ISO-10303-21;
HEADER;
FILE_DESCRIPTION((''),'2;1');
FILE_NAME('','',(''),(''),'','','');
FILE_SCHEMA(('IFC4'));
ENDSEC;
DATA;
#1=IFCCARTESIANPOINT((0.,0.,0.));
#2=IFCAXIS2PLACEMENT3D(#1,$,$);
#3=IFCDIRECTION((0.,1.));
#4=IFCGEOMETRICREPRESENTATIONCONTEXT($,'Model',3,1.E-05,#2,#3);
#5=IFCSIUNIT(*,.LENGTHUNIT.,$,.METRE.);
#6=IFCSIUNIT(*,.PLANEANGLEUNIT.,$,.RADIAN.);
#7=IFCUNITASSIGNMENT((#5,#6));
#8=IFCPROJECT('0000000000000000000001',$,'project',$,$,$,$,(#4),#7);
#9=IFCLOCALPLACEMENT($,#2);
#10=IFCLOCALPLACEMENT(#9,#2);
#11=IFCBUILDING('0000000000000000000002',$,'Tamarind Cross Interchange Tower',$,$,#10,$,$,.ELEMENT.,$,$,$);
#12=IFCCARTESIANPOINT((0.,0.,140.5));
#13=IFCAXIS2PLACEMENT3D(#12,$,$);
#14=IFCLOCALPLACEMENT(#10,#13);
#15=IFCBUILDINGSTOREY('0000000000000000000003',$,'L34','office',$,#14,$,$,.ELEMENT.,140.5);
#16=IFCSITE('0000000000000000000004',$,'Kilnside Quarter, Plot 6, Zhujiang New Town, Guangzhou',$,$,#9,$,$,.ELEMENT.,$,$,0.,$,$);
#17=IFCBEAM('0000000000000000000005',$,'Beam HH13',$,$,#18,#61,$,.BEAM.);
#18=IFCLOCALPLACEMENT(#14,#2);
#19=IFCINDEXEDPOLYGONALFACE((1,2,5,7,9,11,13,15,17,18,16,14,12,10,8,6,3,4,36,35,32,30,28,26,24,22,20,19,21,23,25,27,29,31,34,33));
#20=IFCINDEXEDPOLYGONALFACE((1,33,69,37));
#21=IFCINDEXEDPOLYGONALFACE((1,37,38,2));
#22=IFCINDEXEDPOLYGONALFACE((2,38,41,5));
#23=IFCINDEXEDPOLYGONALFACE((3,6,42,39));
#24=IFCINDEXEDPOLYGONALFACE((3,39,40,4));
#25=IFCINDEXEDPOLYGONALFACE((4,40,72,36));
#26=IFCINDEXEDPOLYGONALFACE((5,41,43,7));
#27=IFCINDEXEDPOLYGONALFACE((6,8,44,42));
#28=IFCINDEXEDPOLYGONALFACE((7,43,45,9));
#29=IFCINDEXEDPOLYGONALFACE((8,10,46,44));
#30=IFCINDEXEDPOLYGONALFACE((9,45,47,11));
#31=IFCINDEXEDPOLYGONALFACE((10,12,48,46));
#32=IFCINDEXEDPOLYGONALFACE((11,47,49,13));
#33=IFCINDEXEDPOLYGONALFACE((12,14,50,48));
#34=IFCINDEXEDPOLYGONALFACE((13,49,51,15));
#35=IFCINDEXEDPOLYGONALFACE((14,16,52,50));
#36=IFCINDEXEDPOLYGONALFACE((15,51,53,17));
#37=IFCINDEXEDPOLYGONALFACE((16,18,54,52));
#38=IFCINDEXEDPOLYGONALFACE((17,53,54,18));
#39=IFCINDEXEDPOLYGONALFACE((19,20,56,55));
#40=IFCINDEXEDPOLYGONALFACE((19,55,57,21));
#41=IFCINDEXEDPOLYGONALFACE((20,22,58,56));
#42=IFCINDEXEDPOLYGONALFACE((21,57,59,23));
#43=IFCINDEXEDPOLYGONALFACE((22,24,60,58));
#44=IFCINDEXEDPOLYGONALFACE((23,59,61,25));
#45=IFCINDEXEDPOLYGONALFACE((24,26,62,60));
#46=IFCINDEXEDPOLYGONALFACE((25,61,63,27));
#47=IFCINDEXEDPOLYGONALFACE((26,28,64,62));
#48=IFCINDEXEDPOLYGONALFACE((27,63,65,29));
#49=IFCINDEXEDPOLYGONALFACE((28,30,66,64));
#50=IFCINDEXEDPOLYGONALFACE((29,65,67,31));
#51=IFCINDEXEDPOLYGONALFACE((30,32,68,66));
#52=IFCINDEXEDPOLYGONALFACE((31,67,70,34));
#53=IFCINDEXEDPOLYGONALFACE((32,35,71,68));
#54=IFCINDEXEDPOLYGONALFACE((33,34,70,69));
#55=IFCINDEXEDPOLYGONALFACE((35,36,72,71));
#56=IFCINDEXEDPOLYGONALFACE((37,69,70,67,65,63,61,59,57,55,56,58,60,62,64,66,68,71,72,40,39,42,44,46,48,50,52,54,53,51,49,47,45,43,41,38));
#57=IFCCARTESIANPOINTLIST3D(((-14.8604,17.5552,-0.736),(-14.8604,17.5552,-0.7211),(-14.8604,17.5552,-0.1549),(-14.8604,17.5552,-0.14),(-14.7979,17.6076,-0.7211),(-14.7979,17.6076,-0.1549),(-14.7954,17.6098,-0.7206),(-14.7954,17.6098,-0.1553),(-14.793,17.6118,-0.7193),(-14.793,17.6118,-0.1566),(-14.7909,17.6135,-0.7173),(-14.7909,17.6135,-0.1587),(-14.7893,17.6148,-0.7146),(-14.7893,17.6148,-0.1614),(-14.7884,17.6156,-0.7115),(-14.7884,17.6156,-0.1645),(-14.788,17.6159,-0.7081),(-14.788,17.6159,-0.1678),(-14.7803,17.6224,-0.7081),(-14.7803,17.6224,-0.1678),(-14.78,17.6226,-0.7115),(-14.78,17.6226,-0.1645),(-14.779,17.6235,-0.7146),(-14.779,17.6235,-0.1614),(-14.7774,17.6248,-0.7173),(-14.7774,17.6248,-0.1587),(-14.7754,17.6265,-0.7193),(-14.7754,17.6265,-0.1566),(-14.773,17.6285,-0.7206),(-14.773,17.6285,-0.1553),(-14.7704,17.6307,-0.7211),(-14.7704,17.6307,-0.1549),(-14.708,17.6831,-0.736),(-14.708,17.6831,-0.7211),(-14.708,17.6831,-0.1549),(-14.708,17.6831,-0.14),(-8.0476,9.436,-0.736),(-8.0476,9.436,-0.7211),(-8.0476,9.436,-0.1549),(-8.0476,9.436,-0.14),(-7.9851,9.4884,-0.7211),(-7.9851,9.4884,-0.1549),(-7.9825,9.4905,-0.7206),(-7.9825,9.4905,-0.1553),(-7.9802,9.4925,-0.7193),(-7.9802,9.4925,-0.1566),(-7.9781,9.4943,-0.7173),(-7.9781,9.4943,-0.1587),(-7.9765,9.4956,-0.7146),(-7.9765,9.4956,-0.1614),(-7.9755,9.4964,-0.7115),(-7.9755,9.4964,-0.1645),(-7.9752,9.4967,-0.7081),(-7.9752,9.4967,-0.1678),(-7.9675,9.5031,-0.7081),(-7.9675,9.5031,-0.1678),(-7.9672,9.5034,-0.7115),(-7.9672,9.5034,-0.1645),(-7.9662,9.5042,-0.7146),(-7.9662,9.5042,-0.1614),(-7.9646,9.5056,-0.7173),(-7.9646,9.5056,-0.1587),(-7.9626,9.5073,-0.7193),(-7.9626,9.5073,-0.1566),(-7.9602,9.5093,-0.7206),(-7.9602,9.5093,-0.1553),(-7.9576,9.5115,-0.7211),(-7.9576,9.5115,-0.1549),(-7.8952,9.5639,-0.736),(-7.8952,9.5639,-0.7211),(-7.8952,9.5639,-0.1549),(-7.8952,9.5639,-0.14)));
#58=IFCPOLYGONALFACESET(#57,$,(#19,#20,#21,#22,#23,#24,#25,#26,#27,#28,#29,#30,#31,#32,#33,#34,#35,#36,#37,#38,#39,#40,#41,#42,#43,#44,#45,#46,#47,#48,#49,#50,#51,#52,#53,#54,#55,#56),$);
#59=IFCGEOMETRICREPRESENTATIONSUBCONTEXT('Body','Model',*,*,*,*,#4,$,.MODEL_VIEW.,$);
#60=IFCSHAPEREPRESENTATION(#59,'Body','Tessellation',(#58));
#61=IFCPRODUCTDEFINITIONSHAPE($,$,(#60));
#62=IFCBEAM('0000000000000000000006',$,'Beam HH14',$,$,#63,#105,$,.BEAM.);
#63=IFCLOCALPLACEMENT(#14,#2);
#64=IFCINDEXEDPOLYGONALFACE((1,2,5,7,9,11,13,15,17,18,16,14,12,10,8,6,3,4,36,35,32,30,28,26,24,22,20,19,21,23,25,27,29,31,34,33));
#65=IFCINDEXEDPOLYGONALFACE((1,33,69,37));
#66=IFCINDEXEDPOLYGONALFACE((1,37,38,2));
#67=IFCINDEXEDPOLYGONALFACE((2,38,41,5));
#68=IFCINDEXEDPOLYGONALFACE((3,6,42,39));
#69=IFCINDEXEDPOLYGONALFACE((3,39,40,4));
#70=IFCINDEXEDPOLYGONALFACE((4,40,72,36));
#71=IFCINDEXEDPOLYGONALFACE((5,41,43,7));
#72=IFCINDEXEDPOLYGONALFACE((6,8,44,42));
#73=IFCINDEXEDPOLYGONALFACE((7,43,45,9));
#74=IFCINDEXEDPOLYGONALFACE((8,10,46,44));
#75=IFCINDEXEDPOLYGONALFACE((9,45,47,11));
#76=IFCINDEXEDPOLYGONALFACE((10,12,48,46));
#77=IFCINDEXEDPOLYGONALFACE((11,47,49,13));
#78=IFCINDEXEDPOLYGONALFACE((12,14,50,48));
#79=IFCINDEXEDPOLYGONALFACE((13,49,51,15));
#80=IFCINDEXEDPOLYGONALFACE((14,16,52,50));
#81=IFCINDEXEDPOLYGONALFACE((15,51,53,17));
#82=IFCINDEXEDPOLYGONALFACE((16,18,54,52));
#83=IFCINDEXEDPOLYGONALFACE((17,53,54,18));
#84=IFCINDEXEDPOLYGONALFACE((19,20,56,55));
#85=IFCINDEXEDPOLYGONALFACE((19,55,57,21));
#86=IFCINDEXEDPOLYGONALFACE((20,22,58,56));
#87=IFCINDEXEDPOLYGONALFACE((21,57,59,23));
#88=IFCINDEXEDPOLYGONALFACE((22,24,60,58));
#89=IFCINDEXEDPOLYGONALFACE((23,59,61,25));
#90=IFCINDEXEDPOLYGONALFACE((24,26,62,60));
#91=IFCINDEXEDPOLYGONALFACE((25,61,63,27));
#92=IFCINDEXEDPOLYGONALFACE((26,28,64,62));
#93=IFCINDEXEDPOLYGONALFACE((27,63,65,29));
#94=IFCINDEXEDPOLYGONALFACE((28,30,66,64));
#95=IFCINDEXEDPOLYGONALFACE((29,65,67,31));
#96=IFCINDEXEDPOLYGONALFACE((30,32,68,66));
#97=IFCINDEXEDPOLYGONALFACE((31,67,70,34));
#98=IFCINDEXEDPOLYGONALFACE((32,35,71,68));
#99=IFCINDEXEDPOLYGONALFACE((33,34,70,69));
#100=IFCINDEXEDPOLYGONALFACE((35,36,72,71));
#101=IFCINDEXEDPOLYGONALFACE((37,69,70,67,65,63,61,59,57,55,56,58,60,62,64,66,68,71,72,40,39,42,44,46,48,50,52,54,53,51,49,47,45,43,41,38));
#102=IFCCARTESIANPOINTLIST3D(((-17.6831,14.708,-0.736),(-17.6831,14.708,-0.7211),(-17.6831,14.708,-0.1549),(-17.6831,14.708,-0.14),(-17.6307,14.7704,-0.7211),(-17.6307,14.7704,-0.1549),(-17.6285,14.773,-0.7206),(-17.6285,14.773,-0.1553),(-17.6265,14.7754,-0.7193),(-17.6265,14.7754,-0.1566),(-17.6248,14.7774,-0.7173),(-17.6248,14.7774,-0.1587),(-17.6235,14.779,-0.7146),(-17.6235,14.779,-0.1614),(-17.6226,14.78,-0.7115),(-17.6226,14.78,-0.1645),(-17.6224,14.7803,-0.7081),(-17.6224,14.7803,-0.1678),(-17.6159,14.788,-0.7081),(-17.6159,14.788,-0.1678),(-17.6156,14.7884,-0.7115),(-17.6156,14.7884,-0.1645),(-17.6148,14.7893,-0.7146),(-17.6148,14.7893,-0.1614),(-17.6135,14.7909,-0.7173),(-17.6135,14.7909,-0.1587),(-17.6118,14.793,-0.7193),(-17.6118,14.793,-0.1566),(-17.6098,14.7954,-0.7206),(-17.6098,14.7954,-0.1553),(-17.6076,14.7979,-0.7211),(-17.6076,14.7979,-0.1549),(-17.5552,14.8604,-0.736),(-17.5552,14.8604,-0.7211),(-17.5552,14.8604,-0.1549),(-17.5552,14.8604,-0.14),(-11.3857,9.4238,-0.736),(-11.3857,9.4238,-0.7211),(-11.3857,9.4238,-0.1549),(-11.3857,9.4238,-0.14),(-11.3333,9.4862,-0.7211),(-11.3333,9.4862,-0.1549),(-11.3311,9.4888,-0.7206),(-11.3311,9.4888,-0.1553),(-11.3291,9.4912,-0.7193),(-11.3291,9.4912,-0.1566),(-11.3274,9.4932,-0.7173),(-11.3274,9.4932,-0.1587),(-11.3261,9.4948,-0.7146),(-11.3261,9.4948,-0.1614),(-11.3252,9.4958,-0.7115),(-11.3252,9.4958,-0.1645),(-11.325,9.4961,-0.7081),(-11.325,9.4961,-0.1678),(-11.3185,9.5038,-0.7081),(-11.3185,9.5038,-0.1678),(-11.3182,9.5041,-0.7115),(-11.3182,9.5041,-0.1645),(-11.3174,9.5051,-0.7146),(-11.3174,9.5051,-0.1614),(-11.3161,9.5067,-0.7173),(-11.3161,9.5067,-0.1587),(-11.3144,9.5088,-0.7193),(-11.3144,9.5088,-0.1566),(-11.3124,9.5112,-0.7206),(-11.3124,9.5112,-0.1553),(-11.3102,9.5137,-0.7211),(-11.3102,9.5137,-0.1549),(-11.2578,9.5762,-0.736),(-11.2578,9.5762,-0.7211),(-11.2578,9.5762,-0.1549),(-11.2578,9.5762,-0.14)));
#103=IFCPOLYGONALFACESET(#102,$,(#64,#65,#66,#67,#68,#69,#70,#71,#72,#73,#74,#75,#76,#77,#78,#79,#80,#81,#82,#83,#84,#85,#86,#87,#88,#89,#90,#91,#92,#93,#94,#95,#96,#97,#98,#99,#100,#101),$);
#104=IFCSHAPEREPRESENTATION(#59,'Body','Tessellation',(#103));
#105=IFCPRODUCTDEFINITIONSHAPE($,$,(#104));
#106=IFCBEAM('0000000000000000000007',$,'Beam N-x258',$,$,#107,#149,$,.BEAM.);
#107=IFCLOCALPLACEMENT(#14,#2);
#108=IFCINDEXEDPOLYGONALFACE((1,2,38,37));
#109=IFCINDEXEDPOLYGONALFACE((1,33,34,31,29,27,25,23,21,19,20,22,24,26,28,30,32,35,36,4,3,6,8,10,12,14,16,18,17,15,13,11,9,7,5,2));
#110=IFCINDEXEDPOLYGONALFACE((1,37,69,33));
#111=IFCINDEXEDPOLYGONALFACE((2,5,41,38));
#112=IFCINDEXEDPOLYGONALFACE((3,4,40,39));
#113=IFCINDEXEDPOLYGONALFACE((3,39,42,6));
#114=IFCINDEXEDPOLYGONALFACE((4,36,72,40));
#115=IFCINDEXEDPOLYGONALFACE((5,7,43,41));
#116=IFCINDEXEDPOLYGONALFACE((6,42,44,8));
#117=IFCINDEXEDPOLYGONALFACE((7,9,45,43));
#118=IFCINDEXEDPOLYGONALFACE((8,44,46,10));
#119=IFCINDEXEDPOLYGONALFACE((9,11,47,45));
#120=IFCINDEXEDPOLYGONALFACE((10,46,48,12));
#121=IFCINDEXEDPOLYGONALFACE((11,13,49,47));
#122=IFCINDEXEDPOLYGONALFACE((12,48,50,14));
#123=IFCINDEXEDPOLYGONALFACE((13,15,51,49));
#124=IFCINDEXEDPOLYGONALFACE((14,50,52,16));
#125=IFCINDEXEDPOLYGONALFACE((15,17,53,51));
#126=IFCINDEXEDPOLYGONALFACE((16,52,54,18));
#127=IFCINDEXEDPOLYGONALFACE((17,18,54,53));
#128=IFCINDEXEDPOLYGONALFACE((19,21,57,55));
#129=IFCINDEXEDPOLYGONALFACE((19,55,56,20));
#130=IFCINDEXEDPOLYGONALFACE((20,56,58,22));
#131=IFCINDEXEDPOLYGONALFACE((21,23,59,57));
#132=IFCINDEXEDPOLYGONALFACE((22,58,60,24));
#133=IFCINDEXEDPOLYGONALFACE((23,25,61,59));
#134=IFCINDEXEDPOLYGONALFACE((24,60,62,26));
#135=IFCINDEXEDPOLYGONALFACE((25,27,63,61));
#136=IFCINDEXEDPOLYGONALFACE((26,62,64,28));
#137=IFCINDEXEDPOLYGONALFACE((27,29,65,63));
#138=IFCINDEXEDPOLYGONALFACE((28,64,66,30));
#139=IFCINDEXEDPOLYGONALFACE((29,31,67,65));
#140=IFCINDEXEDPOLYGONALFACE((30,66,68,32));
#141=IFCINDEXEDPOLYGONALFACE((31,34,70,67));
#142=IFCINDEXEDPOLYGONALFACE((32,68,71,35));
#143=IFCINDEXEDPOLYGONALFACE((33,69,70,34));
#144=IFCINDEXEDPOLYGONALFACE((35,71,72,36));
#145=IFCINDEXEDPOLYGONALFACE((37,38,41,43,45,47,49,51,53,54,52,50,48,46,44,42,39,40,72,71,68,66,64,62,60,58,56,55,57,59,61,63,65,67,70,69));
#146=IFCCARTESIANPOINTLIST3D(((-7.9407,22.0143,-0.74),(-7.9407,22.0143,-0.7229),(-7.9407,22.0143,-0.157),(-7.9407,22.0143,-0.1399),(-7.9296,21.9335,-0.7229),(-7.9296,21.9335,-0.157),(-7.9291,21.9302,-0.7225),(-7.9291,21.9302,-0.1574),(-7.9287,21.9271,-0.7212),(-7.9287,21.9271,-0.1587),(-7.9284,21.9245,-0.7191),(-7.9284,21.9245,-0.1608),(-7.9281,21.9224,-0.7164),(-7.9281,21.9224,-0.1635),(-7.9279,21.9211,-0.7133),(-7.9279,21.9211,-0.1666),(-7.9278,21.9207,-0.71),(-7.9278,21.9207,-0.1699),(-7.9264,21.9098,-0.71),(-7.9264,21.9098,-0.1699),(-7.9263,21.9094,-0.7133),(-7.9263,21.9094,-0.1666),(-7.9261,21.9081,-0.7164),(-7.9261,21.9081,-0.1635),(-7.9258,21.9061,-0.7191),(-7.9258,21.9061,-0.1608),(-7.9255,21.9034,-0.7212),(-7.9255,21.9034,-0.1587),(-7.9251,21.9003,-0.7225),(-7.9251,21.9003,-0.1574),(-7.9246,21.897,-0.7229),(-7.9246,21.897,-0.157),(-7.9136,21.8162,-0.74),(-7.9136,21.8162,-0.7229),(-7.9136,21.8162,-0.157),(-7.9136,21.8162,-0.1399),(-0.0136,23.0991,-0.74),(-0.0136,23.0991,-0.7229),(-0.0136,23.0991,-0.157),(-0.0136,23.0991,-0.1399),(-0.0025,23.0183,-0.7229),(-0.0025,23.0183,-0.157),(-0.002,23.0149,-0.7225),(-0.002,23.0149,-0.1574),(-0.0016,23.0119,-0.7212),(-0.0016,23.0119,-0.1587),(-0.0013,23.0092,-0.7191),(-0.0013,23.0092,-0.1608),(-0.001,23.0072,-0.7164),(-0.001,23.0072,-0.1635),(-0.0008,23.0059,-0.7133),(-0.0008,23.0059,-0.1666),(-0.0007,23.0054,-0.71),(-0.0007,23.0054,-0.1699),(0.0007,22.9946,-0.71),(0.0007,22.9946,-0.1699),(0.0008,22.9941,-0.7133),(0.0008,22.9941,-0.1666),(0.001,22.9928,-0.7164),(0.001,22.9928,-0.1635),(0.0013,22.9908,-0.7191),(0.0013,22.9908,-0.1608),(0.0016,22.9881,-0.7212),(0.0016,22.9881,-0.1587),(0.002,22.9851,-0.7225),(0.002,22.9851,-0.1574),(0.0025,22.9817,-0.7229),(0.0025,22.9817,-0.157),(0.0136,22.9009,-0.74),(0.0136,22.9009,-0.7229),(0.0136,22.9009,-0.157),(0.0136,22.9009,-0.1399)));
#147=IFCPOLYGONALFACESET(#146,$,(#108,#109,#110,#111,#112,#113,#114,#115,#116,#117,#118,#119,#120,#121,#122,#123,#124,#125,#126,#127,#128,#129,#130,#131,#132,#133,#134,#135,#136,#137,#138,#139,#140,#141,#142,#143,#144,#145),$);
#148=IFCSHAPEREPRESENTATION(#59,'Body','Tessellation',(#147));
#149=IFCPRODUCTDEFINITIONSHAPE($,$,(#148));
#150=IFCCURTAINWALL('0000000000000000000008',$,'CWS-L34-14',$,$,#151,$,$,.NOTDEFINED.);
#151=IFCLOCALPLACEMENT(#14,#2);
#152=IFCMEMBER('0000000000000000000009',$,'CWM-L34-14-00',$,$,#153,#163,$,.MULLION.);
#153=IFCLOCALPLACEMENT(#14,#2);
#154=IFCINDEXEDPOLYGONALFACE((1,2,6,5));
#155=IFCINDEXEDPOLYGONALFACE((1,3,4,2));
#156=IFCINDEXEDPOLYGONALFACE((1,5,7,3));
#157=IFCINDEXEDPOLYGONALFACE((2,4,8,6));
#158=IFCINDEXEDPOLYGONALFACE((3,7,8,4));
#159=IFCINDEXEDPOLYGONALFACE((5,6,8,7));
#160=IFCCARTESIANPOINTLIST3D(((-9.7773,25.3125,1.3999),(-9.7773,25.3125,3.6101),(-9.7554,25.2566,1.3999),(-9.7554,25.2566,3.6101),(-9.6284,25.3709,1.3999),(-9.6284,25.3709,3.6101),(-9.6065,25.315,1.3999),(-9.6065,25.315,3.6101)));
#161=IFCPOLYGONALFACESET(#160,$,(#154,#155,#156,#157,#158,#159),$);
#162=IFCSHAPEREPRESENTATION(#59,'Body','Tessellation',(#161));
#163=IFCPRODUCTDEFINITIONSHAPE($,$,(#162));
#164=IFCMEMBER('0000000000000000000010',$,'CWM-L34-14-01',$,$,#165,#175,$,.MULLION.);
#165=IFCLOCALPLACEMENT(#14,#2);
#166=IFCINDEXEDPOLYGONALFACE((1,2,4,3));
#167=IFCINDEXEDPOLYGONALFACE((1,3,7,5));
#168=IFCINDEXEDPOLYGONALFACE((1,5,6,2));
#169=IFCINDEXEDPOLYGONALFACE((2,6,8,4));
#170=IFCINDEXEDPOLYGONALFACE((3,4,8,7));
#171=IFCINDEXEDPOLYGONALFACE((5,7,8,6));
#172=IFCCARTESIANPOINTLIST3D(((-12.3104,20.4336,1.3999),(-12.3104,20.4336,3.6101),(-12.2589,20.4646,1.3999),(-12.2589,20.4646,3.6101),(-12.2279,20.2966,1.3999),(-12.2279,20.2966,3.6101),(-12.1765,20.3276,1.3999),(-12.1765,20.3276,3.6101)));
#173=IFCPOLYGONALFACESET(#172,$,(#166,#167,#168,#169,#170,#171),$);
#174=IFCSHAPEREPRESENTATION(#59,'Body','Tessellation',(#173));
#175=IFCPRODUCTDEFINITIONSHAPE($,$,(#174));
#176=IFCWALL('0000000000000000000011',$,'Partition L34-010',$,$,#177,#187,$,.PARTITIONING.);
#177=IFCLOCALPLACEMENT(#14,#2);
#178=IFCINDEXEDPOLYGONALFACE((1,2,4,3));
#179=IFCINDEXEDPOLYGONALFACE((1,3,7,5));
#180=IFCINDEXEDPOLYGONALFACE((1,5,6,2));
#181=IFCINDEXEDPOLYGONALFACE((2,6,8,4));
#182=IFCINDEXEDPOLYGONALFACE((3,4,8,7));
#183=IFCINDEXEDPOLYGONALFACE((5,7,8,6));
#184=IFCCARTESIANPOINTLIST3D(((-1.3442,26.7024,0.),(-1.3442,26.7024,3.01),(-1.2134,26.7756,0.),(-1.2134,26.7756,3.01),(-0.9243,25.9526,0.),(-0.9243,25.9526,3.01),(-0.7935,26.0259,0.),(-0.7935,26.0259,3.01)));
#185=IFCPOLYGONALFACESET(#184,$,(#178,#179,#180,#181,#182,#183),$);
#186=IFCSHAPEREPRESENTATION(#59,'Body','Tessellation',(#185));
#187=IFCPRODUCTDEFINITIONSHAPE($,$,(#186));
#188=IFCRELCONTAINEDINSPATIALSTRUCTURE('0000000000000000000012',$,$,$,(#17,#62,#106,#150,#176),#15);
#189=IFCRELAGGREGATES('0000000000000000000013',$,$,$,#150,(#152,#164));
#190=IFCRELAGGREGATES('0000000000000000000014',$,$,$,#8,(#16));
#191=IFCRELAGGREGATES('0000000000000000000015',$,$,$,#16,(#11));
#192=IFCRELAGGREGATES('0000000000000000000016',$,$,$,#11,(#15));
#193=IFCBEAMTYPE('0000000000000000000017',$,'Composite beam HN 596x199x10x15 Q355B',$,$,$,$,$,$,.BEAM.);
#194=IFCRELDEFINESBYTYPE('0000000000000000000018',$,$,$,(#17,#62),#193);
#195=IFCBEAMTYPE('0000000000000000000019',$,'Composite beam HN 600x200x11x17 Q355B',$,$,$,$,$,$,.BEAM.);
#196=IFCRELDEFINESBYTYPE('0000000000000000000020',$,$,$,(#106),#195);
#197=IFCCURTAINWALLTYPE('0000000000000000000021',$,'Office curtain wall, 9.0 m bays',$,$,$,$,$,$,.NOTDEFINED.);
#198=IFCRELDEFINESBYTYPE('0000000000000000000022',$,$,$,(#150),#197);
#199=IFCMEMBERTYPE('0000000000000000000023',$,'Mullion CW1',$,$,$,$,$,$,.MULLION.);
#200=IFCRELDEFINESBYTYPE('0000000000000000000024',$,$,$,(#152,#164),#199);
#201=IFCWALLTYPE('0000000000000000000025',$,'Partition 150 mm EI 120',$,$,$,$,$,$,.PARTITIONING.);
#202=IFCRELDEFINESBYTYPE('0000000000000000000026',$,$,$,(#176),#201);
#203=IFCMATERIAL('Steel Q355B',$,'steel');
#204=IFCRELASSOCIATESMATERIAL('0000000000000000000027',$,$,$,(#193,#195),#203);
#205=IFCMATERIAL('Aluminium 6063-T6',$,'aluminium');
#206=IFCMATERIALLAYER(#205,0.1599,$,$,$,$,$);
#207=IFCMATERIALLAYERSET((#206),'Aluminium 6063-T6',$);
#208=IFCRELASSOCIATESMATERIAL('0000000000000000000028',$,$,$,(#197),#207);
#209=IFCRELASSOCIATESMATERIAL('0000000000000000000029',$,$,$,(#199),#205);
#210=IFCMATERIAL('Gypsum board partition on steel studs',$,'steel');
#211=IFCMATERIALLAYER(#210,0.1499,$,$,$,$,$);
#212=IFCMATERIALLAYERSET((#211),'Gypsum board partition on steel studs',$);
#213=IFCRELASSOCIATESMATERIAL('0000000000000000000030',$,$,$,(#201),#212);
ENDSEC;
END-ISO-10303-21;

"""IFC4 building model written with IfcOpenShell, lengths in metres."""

from ifc_helpers import new_model, si_unit, direction, frame, frame_2d, origin, origin_2d, place, context, subcontext, project, spatial, rectangle, i_section, extrude, material, layer, layer_set, material_profile, profile_set, type_object, element, aggregate, save


model = new_model("IFC4")

# Units and contexts
model_context = context("Model", 3, precision=1e-05, world=origin(), true_north=direction((0.0, 1.0)))
body_context = subcontext(model_context, "Body", "Model", "MODEL_VIEW")
ifc_project = project(units=[si_unit("LENGTHUNIT", "METRE"), si_unit("PLANEANGLEUNIT", "RADIAN")], contexts=[model_context])

# Site, building, storey
site_placement = place(None, origin())
site = spatial("IfcSite", under=ifc_project, at=site_placement, Name="Kilnside Quarter, Plot 6, Zhujiang New Town, Guangzhou", CompositionType="ELEMENT", RefElevation=0.0)
building_placement = place(site_placement, origin())
building = spatial("IfcBuilding", under=site, at=building_placement, Name="Tamarind Cross Interchange Tower", CompositionType="ELEMENT")
storey_placement = place(building_placement, frame((0.0, 0.0, 140.5)))
storey = spatial("IfcBuildingStorey", under=building, at=storey_placement, Name="L34", Description="office", CompositionType="ELEMENT", Elevation=140.5)

# Beams
ifc_material_1 = material(Name="Steel Q355B", Category="steel")
ifc_material_profile_1 = material_profile(ifc_material_1, i_section(OverallWidth=0.199, OverallDepth=0.5959, WebThickness=0.01, FlangeThickness=0.0149, FilletRadius=0.0129, at=origin_2d()), Name="HN 596x199x10x15")
ifc_profile_set_1 = profile_set([ifc_material_profile_1], Name="Steel Q355B")
beam_type_1 = type_object("IfcBeamType", Name="Composite beam HN 596x199x10x15 Q355B", PredefinedType="BEAM", material=ifc_profile_set_1)
beam_1_placement = place(storey_placement, frame((-14.7842, 17.6191, -0.438), z_axis=(0.642786, -0.766046, 0.0), x_axis=(0.766046, 0.642786, 0.0)))
element("IfcBeam", 1, at=beam_1_placement, inside=storey, type_object=beam_type_1, Name="Beam HH13", PredefinedType="BEAM", context=body_context, shape_type="SweptSolid", body=[
    extrude(i_section(OverallWidth=0.199, OverallDepth=0.5959, WebThickness=0.01, FlangeThickness=0.0149, FilletRadius=0.0129, at=origin_2d()), origin(), (0.0, 0.0, 1.0), 10.5989),
])
beam_2_placement = place(storey_placement, frame((-17.6191, 14.7842, -0.438), z_axis=(0.766041, -0.642792, 0.0), x_axis=(0.642792, 0.766041, 0.0)))
element("IfcBeam", 2, at=beam_2_placement, inside=storey, type_object=beam_type_1, Name="Beam HH14", PredefinedType="BEAM", context=body_context, shape_type="SweptSolid", body=[
    extrude(i_section(OverallWidth=0.199, OverallDepth=0.5959, WebThickness=0.01, FlangeThickness=0.0149, FilletRadius=0.0129, at=origin_2d()), origin(), (0.0, 0.0, 1.0), 8.2207),
])
ifc_material_profile_2 = material_profile(ifc_material_1, i_section(OverallWidth=0.2, OverallDepth=0.6001, WebThickness=0.011, FlangeThickness=0.0171, FilletRadius=0.0129, at=origin_2d()), Name="HN 600x200x11x17")
ifc_profile_set_2 = profile_set([ifc_material_profile_2], Name="Steel Q355B")
beam_type_2 = type_object("IfcBeamType", Name="Composite beam HN 600x200x11x17 Q355B", PredefinedType="BEAM", material=ifc_profile_set_2)
beam_3_placement = place(storey_placement, frame((0.0, 23.0, -0.4399), z_axis=(-0.990767, -0.135575, 0.0), x_axis=(0.135575, -0.990767, 0.0)))
element("IfcBeam", 3, at=beam_3_placement, inside=storey, type_object=beam_type_2, Name="Beam N-x258", PredefinedType="BEAM", context=body_context, shape_type="SweptSolid", body=[
    extrude(i_section(OverallWidth=0.2, OverallDepth=0.6001, WebThickness=0.011, FlangeThickness=0.0171, FilletRadius=0.0129, at=origin_2d()), origin(), (0.0, 0.0, 1.0), 8.001),
])

# Curtain wall, members
ifc_material_2 = material(Name="Aluminium 6063-T6", Category="aluminium")
ifc_layer_1 = layer(ifc_material_2, 0.1599)
ifc_layer_set_1 = layer_set([ifc_layer_1], Name="Aluminium 6063-T6")
curtain_wall_type = type_object("IfcCurtainWallType", Name="Office curtain wall, 9.0 m bays", PredefinedType="NOTDEFINED", material=ifc_layer_set_1)
curtain_wall_placement = place(storey_placement, origin())
curtain_wall = element("IfcCurtainWall", 4, at=curtain_wall_placement, inside=storey, type_object=curtain_wall_type, Name="CWS-L34-14", PredefinedType="NOTDEFINED")
ifc_material_profile_3 = material_profile(ifc_material_2, rectangle(XDim=0.0601, YDim=0.1599, at=origin_2d()), Name="Mullion CW1")
ifc_profile_set_3 = profile_set([ifc_material_profile_3], Name="Aluminium 6063-T6")
member_type = type_object("IfcMemberType", Name="Mullion CW1", PredefinedType="MULLION", material=ifc_profile_set_3)
member_1_placement = place(storey_placement, frame((-9.6919, 25.3137, 1.3999), z_axis=(0.0, 0.0, 1.0), x_axis=(0.365354, -0.930869, 0.0)))
member_1 = element("IfcMember", 5, at=member_1_placement, type_object=member_type, Name="CWM-L34-14-00", PredefinedType="MULLION", context=body_context, shape_type="SweptSolid", body=[
    extrude(rectangle(XDim=0.0601, YDim=0.1599, at=origin_2d()), origin(), (0.0, 0.0, 1.0), 2.2102),
])
member_2_placement = place(storey_placement, frame((-12.2434, 20.3806, 1.3999), z_axis=(0.0, 0.0, 1.0), x_axis=(-0.856843, -0.515577, 0.0)))
member_2 = element("IfcMember", 6, at=member_2_placement, type_object=member_type, Name="CWM-L34-14-01", PredefinedType="MULLION", context=body_context, shape_type="SweptSolid", body=[
    extrude(rectangle(XDim=0.0601, YDim=0.1599, at=origin_2d()), origin(), (0.0, 0.0, 1.0), 2.2102),
])
aggregate(curtain_wall, [member_1, member_2])

# Wall
ifc_material_3 = material(Name="Gypsum board partition on steel studs", Category="steel")
ifc_layer_2 = layer(ifc_material_3, 0.1499)
ifc_layer_set_2 = layer_set([ifc_layer_2], Name="Gypsum board partition on steel studs")
wall_type_1 = type_object("IfcWallType", Name="Partition 150 mm EI 120", PredefinedType="PARTITIONING", material=ifc_layer_set_2)
wall_1_placement = place(storey_placement, frame((-1.2788, 26.739, 0.0), z_axis=(0.0, 0.0, 1.0), x_axis=(0.488655, -0.872477, 0.0)))
element("IfcWall", 7, at=wall_1_placement, inside=storey, type_object=wall_type_1, Name="Partition L34-010", PredefinedType="PARTITIONING", context=body_context, shape_type="SweptSolid", body=[
    extrude(rectangle(XDim=0.8594, YDim=0.1499, at=frame_2d((0.4297, 0.0))), origin(), (0.0, 0.0, 1.0), 3.01),
])

save(model, "model.ifc")
